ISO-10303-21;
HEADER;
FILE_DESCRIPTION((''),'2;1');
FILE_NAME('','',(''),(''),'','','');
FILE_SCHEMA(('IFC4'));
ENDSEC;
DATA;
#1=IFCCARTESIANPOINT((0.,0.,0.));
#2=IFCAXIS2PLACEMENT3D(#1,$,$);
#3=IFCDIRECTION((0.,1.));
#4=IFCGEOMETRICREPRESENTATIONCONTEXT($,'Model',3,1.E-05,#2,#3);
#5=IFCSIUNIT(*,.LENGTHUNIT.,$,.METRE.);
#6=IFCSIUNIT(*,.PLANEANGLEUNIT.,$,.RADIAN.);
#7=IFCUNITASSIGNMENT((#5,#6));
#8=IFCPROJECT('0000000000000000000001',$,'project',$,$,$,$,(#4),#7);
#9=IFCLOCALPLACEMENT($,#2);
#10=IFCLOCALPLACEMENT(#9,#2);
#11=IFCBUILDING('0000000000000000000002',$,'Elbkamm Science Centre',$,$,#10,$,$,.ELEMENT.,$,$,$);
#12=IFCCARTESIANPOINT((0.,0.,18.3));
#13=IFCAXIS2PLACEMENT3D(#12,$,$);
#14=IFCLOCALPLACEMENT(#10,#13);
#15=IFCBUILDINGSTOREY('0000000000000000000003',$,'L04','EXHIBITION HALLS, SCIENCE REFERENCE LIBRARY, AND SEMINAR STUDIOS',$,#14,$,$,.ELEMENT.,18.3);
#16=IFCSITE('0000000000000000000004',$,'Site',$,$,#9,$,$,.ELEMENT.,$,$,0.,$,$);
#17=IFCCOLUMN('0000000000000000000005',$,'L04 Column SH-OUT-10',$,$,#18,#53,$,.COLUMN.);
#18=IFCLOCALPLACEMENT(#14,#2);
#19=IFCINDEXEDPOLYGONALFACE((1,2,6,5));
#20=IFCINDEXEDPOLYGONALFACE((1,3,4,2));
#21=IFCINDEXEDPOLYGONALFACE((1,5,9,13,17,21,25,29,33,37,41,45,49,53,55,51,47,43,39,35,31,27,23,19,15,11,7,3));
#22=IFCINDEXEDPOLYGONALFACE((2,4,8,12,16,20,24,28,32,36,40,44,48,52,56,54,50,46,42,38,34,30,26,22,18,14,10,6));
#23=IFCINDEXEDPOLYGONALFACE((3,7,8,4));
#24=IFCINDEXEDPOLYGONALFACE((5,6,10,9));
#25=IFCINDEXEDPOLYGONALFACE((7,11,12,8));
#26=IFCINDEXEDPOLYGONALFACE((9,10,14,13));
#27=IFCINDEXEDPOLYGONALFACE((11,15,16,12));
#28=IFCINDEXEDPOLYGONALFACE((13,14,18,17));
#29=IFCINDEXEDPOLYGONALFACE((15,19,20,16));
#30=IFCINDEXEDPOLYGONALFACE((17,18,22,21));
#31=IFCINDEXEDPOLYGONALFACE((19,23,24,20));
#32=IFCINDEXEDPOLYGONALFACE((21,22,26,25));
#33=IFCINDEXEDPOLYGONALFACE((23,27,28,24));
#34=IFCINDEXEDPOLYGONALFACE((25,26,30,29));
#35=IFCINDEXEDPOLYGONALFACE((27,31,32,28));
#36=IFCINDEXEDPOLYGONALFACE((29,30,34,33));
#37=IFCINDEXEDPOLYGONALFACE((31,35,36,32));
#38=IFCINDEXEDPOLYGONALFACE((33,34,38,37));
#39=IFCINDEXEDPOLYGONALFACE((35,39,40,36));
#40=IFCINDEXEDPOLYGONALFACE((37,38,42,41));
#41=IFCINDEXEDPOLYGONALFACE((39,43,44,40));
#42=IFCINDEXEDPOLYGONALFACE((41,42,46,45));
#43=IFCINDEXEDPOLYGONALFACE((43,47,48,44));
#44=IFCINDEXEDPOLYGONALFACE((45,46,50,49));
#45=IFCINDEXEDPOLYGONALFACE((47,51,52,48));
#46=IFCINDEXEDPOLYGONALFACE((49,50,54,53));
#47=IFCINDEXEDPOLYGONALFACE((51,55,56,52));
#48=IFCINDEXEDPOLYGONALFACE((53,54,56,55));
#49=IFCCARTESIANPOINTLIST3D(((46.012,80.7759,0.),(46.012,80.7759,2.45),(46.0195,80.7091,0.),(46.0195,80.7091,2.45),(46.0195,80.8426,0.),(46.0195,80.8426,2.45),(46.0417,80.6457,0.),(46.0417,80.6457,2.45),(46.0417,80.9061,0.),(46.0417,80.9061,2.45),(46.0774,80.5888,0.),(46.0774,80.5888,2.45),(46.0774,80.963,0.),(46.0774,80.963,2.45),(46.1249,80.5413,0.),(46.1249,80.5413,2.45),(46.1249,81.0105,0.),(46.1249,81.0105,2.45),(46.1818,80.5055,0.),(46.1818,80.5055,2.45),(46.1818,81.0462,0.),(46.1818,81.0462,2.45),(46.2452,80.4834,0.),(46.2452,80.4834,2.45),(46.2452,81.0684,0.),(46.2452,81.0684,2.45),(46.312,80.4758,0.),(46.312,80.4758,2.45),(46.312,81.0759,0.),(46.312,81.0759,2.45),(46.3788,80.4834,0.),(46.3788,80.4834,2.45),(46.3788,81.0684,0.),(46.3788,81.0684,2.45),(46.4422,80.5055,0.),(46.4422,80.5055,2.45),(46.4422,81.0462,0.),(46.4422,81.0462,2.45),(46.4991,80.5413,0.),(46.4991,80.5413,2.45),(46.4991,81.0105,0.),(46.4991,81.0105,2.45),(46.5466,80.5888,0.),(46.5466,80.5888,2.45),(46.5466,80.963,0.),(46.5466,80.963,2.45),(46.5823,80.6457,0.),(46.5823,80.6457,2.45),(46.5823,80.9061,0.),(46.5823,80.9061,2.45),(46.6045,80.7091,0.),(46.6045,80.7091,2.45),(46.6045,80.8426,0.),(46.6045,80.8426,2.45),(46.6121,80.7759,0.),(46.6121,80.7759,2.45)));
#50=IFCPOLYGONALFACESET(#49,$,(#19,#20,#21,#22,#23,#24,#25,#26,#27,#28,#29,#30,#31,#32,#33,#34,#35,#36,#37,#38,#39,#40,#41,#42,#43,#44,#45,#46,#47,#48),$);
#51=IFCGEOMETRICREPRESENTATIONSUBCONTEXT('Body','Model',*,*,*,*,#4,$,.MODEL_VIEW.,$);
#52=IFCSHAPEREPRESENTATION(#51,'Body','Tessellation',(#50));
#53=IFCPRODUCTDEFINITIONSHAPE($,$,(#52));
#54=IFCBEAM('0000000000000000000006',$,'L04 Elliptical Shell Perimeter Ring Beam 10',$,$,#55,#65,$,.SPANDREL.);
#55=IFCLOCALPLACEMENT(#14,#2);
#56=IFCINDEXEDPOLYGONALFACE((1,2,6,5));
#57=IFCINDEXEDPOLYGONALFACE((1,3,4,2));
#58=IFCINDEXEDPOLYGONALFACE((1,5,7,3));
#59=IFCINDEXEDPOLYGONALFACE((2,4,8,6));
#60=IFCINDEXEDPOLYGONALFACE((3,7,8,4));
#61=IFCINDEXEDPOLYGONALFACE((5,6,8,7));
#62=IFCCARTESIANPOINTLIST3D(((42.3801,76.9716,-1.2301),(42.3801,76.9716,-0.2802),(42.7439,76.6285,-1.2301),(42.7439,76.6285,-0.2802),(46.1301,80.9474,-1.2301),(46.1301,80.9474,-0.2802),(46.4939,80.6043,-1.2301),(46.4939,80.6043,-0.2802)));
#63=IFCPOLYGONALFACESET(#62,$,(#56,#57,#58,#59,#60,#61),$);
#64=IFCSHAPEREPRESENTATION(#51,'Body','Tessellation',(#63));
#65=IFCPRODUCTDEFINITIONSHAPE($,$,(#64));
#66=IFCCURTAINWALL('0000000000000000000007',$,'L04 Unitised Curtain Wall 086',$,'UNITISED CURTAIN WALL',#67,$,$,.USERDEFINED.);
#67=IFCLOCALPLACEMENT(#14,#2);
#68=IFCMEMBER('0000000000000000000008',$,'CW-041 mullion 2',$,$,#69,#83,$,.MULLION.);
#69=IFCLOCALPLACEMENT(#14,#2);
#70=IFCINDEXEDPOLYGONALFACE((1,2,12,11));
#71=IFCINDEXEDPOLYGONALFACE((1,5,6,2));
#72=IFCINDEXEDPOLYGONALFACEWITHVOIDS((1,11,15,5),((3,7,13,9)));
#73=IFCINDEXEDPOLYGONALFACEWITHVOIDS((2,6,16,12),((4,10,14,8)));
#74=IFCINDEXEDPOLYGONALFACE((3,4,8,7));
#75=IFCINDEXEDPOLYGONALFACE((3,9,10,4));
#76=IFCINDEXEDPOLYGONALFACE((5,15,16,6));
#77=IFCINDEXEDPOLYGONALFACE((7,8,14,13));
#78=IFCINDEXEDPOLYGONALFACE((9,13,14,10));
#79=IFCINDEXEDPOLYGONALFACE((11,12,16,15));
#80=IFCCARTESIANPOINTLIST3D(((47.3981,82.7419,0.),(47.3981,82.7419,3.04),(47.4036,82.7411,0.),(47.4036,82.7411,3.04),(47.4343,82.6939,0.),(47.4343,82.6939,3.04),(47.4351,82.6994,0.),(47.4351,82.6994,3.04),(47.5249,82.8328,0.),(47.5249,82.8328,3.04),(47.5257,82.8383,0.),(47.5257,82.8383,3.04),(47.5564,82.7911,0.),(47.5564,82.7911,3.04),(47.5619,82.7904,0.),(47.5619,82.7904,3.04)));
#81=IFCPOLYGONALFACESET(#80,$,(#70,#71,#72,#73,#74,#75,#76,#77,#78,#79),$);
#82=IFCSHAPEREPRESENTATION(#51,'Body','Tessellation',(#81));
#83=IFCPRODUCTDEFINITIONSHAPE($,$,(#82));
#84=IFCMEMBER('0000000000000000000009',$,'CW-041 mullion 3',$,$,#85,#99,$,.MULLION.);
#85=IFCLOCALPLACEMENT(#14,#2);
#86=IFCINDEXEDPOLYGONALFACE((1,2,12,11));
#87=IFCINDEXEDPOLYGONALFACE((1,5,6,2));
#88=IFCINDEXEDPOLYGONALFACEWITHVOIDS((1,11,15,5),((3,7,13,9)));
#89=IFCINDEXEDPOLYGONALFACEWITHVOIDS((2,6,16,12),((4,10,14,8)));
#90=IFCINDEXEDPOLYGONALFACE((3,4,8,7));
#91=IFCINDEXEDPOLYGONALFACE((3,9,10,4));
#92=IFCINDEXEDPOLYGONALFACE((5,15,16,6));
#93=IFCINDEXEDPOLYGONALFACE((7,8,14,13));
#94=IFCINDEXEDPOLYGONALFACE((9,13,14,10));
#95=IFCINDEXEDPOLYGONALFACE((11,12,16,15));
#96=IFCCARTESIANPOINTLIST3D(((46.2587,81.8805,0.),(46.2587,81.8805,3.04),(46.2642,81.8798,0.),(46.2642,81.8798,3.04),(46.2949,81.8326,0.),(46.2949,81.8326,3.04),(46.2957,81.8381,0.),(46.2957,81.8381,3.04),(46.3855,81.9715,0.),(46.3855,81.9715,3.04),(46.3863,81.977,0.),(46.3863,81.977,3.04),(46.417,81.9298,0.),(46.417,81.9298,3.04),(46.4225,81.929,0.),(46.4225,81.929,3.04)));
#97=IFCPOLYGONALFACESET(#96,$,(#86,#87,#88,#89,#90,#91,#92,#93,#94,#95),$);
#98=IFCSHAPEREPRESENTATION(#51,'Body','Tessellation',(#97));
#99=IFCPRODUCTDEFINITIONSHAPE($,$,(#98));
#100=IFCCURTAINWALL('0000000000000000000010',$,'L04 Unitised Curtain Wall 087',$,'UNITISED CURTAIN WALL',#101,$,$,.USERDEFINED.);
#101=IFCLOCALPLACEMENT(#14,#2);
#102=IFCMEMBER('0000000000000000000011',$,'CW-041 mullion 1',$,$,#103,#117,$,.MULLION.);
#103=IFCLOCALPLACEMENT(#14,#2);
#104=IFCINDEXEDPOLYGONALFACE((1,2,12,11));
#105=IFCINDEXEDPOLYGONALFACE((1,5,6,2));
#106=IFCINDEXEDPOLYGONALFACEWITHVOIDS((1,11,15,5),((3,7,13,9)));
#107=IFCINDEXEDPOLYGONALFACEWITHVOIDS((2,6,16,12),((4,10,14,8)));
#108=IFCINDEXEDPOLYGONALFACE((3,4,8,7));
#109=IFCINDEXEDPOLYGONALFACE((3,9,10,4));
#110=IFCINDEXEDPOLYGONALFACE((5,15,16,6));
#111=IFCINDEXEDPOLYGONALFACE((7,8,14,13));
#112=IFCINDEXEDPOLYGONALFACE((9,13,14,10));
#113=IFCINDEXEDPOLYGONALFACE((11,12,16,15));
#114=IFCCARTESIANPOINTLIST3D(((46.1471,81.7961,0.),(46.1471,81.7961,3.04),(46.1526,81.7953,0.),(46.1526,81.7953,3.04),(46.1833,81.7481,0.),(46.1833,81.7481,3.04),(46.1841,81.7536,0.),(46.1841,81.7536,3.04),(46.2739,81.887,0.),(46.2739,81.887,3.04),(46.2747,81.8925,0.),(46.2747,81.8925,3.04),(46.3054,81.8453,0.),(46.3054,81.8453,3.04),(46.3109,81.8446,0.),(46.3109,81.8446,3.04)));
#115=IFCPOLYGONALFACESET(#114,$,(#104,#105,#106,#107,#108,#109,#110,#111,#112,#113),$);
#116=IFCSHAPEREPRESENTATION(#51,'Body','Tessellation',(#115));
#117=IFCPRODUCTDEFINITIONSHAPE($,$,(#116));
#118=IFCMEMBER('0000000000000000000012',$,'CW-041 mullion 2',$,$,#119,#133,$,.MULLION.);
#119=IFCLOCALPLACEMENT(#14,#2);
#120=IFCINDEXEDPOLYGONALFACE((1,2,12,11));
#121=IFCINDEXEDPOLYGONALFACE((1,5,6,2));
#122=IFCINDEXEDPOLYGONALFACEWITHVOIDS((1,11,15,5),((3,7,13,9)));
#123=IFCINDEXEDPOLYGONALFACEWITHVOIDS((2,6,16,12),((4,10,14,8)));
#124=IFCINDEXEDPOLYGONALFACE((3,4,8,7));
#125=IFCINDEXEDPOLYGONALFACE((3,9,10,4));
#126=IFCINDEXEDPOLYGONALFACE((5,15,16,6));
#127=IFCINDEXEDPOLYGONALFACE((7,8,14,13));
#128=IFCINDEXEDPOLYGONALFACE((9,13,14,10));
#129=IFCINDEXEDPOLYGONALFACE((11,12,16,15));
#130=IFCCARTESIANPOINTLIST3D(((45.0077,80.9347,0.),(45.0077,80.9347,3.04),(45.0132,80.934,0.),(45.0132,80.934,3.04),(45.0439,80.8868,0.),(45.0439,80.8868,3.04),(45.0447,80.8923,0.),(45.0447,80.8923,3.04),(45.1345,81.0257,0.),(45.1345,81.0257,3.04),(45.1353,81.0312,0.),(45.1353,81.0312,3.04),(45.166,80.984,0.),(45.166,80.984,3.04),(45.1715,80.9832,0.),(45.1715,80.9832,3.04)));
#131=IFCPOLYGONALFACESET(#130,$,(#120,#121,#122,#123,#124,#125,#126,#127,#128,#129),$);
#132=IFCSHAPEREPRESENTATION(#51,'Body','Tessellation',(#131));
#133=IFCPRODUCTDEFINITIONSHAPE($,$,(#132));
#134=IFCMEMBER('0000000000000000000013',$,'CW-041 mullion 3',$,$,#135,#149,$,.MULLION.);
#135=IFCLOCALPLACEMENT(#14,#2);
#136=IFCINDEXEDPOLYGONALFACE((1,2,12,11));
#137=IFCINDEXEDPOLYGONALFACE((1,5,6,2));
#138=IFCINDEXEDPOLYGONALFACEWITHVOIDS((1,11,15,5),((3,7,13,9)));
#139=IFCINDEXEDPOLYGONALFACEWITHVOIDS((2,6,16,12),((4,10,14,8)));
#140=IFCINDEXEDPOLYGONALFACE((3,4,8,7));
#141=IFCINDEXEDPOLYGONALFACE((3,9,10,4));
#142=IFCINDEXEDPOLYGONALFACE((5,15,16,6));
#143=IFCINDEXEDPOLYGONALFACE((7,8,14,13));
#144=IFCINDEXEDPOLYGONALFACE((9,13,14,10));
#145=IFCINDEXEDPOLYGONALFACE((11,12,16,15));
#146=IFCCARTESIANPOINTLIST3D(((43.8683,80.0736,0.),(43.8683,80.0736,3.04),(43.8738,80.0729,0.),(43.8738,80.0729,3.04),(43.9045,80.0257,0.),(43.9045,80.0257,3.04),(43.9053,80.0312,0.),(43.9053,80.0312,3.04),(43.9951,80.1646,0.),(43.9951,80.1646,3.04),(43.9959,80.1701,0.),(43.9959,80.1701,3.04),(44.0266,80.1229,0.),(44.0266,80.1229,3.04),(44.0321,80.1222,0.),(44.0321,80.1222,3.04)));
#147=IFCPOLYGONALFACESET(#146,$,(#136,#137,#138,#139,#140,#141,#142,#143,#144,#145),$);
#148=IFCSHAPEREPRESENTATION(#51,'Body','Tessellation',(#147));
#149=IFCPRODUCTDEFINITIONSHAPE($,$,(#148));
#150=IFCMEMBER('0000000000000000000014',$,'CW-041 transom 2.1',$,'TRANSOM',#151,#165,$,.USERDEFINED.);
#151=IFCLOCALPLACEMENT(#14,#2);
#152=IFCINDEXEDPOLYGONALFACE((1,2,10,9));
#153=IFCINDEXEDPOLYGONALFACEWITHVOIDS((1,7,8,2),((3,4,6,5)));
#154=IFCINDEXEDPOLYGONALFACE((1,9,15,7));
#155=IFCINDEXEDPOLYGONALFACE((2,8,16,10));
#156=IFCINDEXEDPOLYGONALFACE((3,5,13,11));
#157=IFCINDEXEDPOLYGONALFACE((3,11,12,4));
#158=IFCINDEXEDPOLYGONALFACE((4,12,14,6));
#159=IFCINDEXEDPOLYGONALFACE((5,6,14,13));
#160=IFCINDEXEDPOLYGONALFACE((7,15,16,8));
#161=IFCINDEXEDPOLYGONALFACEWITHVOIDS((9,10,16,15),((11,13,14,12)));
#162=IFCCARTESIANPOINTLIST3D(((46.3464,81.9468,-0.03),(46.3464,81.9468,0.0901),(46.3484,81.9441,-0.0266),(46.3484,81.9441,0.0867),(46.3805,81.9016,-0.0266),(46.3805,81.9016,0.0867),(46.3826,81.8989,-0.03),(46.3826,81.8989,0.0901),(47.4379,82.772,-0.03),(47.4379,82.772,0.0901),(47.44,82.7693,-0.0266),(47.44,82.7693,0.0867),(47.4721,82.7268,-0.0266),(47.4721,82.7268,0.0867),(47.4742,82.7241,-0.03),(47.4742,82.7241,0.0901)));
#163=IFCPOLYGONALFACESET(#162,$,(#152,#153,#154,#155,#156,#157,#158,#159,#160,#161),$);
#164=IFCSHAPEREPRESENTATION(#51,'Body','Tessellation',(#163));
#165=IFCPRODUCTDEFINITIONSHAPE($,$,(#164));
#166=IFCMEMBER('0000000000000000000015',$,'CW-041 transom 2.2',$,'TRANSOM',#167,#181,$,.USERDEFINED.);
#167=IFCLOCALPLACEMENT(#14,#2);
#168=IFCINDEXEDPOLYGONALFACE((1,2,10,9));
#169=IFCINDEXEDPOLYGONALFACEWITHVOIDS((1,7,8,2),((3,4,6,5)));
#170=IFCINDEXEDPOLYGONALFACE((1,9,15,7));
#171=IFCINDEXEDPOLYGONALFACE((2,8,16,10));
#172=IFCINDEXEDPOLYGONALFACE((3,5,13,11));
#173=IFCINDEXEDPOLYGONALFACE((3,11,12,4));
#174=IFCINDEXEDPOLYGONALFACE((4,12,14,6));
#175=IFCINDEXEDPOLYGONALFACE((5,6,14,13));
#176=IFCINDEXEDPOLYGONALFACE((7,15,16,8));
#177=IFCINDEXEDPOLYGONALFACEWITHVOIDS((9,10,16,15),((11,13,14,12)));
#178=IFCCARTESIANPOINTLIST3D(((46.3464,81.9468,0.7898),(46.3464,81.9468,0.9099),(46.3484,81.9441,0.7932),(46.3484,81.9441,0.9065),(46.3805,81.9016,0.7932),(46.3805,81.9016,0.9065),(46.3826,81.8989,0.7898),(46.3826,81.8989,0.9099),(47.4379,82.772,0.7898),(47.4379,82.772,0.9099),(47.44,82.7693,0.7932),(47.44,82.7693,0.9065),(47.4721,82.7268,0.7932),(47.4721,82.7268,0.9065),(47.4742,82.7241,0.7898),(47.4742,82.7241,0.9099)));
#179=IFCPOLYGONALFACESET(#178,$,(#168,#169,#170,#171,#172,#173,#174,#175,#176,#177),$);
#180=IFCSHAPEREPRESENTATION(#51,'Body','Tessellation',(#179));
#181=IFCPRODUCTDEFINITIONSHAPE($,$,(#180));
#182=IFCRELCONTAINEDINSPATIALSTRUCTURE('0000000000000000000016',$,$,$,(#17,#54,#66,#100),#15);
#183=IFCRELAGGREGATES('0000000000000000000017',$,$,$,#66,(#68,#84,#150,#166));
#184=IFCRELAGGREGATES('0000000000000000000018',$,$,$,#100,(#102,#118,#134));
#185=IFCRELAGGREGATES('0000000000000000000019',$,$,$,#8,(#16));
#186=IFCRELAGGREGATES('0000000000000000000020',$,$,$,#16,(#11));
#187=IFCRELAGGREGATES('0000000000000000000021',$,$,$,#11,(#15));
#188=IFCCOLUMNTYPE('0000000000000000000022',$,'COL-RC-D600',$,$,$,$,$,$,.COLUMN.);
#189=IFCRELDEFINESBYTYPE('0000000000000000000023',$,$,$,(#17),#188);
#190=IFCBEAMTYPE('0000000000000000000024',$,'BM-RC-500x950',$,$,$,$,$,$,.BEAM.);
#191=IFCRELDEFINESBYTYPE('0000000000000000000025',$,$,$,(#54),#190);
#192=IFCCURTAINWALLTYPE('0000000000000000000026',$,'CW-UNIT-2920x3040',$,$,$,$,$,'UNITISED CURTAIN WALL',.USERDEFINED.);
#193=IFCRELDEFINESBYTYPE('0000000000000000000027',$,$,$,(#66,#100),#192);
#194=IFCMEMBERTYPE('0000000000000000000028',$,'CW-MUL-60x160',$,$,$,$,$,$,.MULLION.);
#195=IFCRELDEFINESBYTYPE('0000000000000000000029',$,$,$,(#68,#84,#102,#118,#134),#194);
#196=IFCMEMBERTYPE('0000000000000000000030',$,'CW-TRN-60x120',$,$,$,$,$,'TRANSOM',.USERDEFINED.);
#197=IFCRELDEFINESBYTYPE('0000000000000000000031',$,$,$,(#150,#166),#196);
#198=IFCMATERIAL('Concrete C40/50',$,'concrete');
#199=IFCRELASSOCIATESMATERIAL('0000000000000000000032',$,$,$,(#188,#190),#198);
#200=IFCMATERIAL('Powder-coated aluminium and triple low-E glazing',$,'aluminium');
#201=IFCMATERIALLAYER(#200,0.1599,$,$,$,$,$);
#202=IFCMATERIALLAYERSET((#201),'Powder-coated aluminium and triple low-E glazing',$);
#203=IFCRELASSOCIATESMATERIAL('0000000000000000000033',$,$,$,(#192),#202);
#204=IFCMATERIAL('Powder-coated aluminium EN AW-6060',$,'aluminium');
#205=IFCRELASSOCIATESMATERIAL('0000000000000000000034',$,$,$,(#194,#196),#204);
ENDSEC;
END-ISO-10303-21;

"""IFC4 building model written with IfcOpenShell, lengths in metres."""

from ifc_helpers import new_model, si_unit, direction, frame, origin, origin_2d, place, context, subcontext, project, spatial, rectangle, hollow_rectangle, circle, extrude, material, layer, layer_set, material_profile, profile_set, type_object, element, aggregate, save


model = new_model("IFC4")

# Units and contexts
model_context = context("Model", 3, precision=1e-05, world=origin(), true_north=direction((0.0, 1.0)))
body_context = subcontext(model_context, "Body", "Model", "MODEL_VIEW")
ifc_project = project(units=[si_unit("LENGTHUNIT", "METRE"), si_unit("PLANEANGLEUNIT", "RADIAN")], contexts=[model_context])

# Site, building, storey
site_placement = place(None, origin())
site = spatial("IfcSite", under=ifc_project, at=site_placement, Name="Site", CompositionType="ELEMENT", RefElevation=0.0)
building_placement = place(site_placement, origin())
building = spatial("IfcBuilding", under=site, at=building_placement, Name="Elbkamm Science Centre", CompositionType="ELEMENT")
storey_placement = place(building_placement, frame((0.0, 0.0, 18.3)))
storey = spatial("IfcBuildingStorey", under=building, at=storey_placement, Name="L04", Description="EXHIBITION HALLS, SCIENCE REFERENCE LIBRARY, AND SEMINAR STUDIOS", CompositionType="ELEMENT", Elevation=18.3)

# Column
ifc_material_1 = material(Name="Concrete C40/50", Category="concrete")
ifc_material_profile_1 = material_profile(ifc_material_1, circle(Radius=0.3, at=origin_2d()), Name="RC D600")
ifc_profile_set_1 = profile_set([ifc_material_profile_1], Name="Concrete C40/50")
column_type = type_object("IfcColumnType", Name="COL-RC-D600", PredefinedType="COLUMN", material=ifc_profile_set_1)
column_placement = place(storey_placement, frame((46.312, 80.7759, 0.0), z_axis=(0.0, 0.0, 1.0), x_axis=(1.0, 0.0, 0.0)))
element("IfcColumn", 1, at=column_placement, inside=storey, type_object=column_type, Name="L04 Column SH-OUT-10", PredefinedType="COLUMN", context=body_context, shape_type="SweptSolid", body=[
    extrude(circle(Radius=0.3, at=origin_2d()), origin(), (0.0, 0.0, 1.0), 2.45),
])

# Beam
ifc_material_profile_2 = material_profile(ifc_material_1, rectangle(XDim=0.5, YDim=0.95, at=origin_2d()), Name="RC 500x950")
ifc_profile_set_2 = profile_set([ifc_material_profile_2], Name="Concrete C40/50")
beam_type = type_object("IfcBeamType", Name="BM-RC-500x950", PredefinedType="BEAM", material=ifc_profile_set_2)
beam_placement = place(storey_placement, frame((46.312, 80.7759, -0.7551), z_axis=(-0.686145, -0.727465, 0.0), x_axis=(0.727465, -0.686145, 0.0)))
element("IfcBeam", 2, at=beam_placement, inside=storey, type_object=beam_type, Name="L04 Elliptical Shell Perimeter Ring Beam 10", PredefinedType="SPANDREL", context=body_context, shape_type="SweptSolid", body=[
    extrude(rectangle(XDim=0.5, YDim=0.95, at=origin_2d()), origin(), (0.0, 0.0, 1.0), 5.4653),
])

# Curtain walls, members
ifc_material_2 = material(Name="Powder-coated aluminium and triple low-E glazing", Category="aluminium")
ifc_layer_1 = layer(ifc_material_2, 0.1599)
ifc_layer_set_1 = layer_set([ifc_layer_1], Name="Powder-coated aluminium and triple low-E glazing")
curtain_wall_type = type_object("IfcCurtainWallType", Name="CW-UNIT-2920x3040", ElementType="UNITISED CURTAIN WALL", PredefinedType="USERDEFINED", material=ifc_layer_set_1)
curtain_wall_1_placement = place(storey_placement, origin())
curtain_wall_1 = element("IfcCurtainWall", 3, at=curtain_wall_1_placement, inside=storey, type_object=curtain_wall_type, Name="L04 Unitised Curtain Wall 086", ObjectType="UNITISED CURTAIN WALL", PredefinedType="USERDEFINED")
ifc_material_3 = material(Name="Powder-coated aluminium EN AW-6060", Category="aluminium")
ifc_material_profile_3 = material_profile(ifc_material_3, hollow_rectangle(XDim=0.0601, YDim=0.1599, WallThickness=0.0039, at=origin_2d()), Name="ALU M60x160")
ifc_profile_set_3 = profile_set([ifc_material_profile_3], Name="Powder-coated aluminium EN AW-6060")
member_type_1 = type_object("IfcMemberType", Name="CW-MUL-60x160", PredefinedType="MULLION", material=ifc_profile_set_3)
member_1_placement = place(storey_placement, frame((47.48, 82.7661, 0.0), z_axis=(0.0, 0.0, 1.0), x_axis=(0.602997, -0.797744, 0.0)))
member_1 = element("IfcMember", 4, at=member_1_placement, type_object=member_type_1, Name="CW-041 mullion 2", PredefinedType="MULLION", context=body_context, shape_type="SweptSolid", body=[
    extrude(hollow_rectangle(XDim=0.0601, YDim=0.1599, WallThickness=0.0039, at=origin_2d()), origin(), (0.0, 0.0, 1.0), 3.04),
])
member_2_placement = place(storey_placement, frame((46.3406, 81.9048, 0.0), z_axis=(0.0, 0.0, 1.0), x_axis=(0.602997, -0.797744, 0.0)))
member_2 = element("IfcMember", 5, at=member_2_placement, type_object=member_type_1, Name="CW-041 mullion 3", PredefinedType="MULLION", context=body_context, shape_type="SweptSolid", body=[
    extrude(hollow_rectangle(XDim=0.0601, YDim=0.1599, WallThickness=0.0039, at=origin_2d()), origin(), (0.0, 0.0, 1.0), 3.04),
])
curtain_wall_2_placement = place(storey_placement, origin())
curtain_wall_2 = element("IfcCurtainWall", 6, at=curtain_wall_2_placement, inside=storey, type_object=curtain_wall_type, Name="L04 Unitised Curtain Wall 087", ObjectType="UNITISED CURTAIN WALL", PredefinedType="USERDEFINED")
member_3_placement = place(storey_placement, frame((46.229, 81.8203, 0.0), z_axis=(0.0, 0.0, 1.0), x_axis=(0.602997, -0.797744, 0.0)))
member_3 = element("IfcMember", 7, at=member_3_placement, type_object=member_type_1, Name="CW-041 mullion 1", PredefinedType="MULLION", context=body_context, shape_type="SweptSolid", body=[
    extrude(hollow_rectangle(XDim=0.0601, YDim=0.1599, WallThickness=0.0039, at=origin_2d()), origin(), (0.0, 0.0, 1.0), 3.04),
])
member_4_placement = place(storey_placement, frame((45.0896, 80.959, 0.0), z_axis=(0.0, 0.0, 1.0), x_axis=(0.602997, -0.797744, 0.0)))
member_4 = element("IfcMember", 8, at=member_4_placement, type_object=member_type_1, Name="CW-041 mullion 2", PredefinedType="MULLION", context=body_context, shape_type="SweptSolid", body=[
    extrude(hollow_rectangle(XDim=0.0601, YDim=0.1599, WallThickness=0.0039, at=origin_2d()), origin(), (0.0, 0.0, 1.0), 3.04),
])
member_5_placement = place(storey_placement, frame((43.9502, 80.0979, 0.0), z_axis=(0.0, 0.0, 1.0), x_axis=(0.602997, -0.797744, 0.0)))
member_5 = element("IfcMember", 9, at=member_5_placement, type_object=member_type_1, Name="CW-041 mullion 3", PredefinedType="MULLION", context=body_context, shape_type="SweptSolid", body=[
    extrude(hollow_rectangle(XDim=0.0601, YDim=0.1599, WallThickness=0.0039, at=origin_2d()), origin(), (0.0, 0.0, 1.0), 3.04),
])

# Members
ifc_material_profile_4 = material_profile(ifc_material_3, hollow_rectangle(XDim=0.0601, YDim=0.1201, WallThickness=0.0034, at=origin_2d()), Name="ALU T60x120")
ifc_profile_set_4 = profile_set([ifc_material_profile_4], Name="Powder-coated aluminium EN AW-6060")
member_type_2 = type_object("IfcMemberType", Name="CW-TRN-60x120", ElementType="TRANSOM", PredefinedType="USERDEFINED", material=ifc_profile_set_4)
member_6_placement = place(storey_placement, frame((47.4561, 82.748, 0.03), z_axis=(-0.797703, -0.60305, 0.0), x_axis=(0.60305, -0.797703, 0.0)))
member_6 = element("IfcMember", 10, at=member_6_placement, type_object=member_type_2, Name="CW-041 transom 2.1", ObjectType="TRANSOM", PredefinedType="USERDEFINED", context=body_context, shape_type="SweptSolid", body=[
    extrude(hollow_rectangle(XDim=0.0601, YDim=0.1201, WallThickness=0.0034, at=origin_2d()), origin(), (0.0, 0.0, 1.0), 1.3684),
])
member_7_placement = place(storey_placement, frame((47.4561, 82.748, 0.8499), z_axis=(-0.797703, -0.60305, 0.0), x_axis=(0.60305, -0.797703, 0.0)))
member_7 = element("IfcMember", 11, at=member_7_placement, type_object=member_type_2, Name="CW-041 transom 2.2", ObjectType="TRANSOM", PredefinedType="USERDEFINED", context=body_context, shape_type="SweptSolid", body=[
    extrude(hollow_rectangle(XDim=0.0601, YDim=0.1201, WallThickness=0.0034, at=origin_2d()), origin(), (0.0, 0.0, 1.0), 1.3684),
])

aggregate(curtain_wall_1, [member_1, member_2, member_6, member_7])
aggregate(curtain_wall_2, [member_3, member_4, member_5])

save(model, "model.ifc")
